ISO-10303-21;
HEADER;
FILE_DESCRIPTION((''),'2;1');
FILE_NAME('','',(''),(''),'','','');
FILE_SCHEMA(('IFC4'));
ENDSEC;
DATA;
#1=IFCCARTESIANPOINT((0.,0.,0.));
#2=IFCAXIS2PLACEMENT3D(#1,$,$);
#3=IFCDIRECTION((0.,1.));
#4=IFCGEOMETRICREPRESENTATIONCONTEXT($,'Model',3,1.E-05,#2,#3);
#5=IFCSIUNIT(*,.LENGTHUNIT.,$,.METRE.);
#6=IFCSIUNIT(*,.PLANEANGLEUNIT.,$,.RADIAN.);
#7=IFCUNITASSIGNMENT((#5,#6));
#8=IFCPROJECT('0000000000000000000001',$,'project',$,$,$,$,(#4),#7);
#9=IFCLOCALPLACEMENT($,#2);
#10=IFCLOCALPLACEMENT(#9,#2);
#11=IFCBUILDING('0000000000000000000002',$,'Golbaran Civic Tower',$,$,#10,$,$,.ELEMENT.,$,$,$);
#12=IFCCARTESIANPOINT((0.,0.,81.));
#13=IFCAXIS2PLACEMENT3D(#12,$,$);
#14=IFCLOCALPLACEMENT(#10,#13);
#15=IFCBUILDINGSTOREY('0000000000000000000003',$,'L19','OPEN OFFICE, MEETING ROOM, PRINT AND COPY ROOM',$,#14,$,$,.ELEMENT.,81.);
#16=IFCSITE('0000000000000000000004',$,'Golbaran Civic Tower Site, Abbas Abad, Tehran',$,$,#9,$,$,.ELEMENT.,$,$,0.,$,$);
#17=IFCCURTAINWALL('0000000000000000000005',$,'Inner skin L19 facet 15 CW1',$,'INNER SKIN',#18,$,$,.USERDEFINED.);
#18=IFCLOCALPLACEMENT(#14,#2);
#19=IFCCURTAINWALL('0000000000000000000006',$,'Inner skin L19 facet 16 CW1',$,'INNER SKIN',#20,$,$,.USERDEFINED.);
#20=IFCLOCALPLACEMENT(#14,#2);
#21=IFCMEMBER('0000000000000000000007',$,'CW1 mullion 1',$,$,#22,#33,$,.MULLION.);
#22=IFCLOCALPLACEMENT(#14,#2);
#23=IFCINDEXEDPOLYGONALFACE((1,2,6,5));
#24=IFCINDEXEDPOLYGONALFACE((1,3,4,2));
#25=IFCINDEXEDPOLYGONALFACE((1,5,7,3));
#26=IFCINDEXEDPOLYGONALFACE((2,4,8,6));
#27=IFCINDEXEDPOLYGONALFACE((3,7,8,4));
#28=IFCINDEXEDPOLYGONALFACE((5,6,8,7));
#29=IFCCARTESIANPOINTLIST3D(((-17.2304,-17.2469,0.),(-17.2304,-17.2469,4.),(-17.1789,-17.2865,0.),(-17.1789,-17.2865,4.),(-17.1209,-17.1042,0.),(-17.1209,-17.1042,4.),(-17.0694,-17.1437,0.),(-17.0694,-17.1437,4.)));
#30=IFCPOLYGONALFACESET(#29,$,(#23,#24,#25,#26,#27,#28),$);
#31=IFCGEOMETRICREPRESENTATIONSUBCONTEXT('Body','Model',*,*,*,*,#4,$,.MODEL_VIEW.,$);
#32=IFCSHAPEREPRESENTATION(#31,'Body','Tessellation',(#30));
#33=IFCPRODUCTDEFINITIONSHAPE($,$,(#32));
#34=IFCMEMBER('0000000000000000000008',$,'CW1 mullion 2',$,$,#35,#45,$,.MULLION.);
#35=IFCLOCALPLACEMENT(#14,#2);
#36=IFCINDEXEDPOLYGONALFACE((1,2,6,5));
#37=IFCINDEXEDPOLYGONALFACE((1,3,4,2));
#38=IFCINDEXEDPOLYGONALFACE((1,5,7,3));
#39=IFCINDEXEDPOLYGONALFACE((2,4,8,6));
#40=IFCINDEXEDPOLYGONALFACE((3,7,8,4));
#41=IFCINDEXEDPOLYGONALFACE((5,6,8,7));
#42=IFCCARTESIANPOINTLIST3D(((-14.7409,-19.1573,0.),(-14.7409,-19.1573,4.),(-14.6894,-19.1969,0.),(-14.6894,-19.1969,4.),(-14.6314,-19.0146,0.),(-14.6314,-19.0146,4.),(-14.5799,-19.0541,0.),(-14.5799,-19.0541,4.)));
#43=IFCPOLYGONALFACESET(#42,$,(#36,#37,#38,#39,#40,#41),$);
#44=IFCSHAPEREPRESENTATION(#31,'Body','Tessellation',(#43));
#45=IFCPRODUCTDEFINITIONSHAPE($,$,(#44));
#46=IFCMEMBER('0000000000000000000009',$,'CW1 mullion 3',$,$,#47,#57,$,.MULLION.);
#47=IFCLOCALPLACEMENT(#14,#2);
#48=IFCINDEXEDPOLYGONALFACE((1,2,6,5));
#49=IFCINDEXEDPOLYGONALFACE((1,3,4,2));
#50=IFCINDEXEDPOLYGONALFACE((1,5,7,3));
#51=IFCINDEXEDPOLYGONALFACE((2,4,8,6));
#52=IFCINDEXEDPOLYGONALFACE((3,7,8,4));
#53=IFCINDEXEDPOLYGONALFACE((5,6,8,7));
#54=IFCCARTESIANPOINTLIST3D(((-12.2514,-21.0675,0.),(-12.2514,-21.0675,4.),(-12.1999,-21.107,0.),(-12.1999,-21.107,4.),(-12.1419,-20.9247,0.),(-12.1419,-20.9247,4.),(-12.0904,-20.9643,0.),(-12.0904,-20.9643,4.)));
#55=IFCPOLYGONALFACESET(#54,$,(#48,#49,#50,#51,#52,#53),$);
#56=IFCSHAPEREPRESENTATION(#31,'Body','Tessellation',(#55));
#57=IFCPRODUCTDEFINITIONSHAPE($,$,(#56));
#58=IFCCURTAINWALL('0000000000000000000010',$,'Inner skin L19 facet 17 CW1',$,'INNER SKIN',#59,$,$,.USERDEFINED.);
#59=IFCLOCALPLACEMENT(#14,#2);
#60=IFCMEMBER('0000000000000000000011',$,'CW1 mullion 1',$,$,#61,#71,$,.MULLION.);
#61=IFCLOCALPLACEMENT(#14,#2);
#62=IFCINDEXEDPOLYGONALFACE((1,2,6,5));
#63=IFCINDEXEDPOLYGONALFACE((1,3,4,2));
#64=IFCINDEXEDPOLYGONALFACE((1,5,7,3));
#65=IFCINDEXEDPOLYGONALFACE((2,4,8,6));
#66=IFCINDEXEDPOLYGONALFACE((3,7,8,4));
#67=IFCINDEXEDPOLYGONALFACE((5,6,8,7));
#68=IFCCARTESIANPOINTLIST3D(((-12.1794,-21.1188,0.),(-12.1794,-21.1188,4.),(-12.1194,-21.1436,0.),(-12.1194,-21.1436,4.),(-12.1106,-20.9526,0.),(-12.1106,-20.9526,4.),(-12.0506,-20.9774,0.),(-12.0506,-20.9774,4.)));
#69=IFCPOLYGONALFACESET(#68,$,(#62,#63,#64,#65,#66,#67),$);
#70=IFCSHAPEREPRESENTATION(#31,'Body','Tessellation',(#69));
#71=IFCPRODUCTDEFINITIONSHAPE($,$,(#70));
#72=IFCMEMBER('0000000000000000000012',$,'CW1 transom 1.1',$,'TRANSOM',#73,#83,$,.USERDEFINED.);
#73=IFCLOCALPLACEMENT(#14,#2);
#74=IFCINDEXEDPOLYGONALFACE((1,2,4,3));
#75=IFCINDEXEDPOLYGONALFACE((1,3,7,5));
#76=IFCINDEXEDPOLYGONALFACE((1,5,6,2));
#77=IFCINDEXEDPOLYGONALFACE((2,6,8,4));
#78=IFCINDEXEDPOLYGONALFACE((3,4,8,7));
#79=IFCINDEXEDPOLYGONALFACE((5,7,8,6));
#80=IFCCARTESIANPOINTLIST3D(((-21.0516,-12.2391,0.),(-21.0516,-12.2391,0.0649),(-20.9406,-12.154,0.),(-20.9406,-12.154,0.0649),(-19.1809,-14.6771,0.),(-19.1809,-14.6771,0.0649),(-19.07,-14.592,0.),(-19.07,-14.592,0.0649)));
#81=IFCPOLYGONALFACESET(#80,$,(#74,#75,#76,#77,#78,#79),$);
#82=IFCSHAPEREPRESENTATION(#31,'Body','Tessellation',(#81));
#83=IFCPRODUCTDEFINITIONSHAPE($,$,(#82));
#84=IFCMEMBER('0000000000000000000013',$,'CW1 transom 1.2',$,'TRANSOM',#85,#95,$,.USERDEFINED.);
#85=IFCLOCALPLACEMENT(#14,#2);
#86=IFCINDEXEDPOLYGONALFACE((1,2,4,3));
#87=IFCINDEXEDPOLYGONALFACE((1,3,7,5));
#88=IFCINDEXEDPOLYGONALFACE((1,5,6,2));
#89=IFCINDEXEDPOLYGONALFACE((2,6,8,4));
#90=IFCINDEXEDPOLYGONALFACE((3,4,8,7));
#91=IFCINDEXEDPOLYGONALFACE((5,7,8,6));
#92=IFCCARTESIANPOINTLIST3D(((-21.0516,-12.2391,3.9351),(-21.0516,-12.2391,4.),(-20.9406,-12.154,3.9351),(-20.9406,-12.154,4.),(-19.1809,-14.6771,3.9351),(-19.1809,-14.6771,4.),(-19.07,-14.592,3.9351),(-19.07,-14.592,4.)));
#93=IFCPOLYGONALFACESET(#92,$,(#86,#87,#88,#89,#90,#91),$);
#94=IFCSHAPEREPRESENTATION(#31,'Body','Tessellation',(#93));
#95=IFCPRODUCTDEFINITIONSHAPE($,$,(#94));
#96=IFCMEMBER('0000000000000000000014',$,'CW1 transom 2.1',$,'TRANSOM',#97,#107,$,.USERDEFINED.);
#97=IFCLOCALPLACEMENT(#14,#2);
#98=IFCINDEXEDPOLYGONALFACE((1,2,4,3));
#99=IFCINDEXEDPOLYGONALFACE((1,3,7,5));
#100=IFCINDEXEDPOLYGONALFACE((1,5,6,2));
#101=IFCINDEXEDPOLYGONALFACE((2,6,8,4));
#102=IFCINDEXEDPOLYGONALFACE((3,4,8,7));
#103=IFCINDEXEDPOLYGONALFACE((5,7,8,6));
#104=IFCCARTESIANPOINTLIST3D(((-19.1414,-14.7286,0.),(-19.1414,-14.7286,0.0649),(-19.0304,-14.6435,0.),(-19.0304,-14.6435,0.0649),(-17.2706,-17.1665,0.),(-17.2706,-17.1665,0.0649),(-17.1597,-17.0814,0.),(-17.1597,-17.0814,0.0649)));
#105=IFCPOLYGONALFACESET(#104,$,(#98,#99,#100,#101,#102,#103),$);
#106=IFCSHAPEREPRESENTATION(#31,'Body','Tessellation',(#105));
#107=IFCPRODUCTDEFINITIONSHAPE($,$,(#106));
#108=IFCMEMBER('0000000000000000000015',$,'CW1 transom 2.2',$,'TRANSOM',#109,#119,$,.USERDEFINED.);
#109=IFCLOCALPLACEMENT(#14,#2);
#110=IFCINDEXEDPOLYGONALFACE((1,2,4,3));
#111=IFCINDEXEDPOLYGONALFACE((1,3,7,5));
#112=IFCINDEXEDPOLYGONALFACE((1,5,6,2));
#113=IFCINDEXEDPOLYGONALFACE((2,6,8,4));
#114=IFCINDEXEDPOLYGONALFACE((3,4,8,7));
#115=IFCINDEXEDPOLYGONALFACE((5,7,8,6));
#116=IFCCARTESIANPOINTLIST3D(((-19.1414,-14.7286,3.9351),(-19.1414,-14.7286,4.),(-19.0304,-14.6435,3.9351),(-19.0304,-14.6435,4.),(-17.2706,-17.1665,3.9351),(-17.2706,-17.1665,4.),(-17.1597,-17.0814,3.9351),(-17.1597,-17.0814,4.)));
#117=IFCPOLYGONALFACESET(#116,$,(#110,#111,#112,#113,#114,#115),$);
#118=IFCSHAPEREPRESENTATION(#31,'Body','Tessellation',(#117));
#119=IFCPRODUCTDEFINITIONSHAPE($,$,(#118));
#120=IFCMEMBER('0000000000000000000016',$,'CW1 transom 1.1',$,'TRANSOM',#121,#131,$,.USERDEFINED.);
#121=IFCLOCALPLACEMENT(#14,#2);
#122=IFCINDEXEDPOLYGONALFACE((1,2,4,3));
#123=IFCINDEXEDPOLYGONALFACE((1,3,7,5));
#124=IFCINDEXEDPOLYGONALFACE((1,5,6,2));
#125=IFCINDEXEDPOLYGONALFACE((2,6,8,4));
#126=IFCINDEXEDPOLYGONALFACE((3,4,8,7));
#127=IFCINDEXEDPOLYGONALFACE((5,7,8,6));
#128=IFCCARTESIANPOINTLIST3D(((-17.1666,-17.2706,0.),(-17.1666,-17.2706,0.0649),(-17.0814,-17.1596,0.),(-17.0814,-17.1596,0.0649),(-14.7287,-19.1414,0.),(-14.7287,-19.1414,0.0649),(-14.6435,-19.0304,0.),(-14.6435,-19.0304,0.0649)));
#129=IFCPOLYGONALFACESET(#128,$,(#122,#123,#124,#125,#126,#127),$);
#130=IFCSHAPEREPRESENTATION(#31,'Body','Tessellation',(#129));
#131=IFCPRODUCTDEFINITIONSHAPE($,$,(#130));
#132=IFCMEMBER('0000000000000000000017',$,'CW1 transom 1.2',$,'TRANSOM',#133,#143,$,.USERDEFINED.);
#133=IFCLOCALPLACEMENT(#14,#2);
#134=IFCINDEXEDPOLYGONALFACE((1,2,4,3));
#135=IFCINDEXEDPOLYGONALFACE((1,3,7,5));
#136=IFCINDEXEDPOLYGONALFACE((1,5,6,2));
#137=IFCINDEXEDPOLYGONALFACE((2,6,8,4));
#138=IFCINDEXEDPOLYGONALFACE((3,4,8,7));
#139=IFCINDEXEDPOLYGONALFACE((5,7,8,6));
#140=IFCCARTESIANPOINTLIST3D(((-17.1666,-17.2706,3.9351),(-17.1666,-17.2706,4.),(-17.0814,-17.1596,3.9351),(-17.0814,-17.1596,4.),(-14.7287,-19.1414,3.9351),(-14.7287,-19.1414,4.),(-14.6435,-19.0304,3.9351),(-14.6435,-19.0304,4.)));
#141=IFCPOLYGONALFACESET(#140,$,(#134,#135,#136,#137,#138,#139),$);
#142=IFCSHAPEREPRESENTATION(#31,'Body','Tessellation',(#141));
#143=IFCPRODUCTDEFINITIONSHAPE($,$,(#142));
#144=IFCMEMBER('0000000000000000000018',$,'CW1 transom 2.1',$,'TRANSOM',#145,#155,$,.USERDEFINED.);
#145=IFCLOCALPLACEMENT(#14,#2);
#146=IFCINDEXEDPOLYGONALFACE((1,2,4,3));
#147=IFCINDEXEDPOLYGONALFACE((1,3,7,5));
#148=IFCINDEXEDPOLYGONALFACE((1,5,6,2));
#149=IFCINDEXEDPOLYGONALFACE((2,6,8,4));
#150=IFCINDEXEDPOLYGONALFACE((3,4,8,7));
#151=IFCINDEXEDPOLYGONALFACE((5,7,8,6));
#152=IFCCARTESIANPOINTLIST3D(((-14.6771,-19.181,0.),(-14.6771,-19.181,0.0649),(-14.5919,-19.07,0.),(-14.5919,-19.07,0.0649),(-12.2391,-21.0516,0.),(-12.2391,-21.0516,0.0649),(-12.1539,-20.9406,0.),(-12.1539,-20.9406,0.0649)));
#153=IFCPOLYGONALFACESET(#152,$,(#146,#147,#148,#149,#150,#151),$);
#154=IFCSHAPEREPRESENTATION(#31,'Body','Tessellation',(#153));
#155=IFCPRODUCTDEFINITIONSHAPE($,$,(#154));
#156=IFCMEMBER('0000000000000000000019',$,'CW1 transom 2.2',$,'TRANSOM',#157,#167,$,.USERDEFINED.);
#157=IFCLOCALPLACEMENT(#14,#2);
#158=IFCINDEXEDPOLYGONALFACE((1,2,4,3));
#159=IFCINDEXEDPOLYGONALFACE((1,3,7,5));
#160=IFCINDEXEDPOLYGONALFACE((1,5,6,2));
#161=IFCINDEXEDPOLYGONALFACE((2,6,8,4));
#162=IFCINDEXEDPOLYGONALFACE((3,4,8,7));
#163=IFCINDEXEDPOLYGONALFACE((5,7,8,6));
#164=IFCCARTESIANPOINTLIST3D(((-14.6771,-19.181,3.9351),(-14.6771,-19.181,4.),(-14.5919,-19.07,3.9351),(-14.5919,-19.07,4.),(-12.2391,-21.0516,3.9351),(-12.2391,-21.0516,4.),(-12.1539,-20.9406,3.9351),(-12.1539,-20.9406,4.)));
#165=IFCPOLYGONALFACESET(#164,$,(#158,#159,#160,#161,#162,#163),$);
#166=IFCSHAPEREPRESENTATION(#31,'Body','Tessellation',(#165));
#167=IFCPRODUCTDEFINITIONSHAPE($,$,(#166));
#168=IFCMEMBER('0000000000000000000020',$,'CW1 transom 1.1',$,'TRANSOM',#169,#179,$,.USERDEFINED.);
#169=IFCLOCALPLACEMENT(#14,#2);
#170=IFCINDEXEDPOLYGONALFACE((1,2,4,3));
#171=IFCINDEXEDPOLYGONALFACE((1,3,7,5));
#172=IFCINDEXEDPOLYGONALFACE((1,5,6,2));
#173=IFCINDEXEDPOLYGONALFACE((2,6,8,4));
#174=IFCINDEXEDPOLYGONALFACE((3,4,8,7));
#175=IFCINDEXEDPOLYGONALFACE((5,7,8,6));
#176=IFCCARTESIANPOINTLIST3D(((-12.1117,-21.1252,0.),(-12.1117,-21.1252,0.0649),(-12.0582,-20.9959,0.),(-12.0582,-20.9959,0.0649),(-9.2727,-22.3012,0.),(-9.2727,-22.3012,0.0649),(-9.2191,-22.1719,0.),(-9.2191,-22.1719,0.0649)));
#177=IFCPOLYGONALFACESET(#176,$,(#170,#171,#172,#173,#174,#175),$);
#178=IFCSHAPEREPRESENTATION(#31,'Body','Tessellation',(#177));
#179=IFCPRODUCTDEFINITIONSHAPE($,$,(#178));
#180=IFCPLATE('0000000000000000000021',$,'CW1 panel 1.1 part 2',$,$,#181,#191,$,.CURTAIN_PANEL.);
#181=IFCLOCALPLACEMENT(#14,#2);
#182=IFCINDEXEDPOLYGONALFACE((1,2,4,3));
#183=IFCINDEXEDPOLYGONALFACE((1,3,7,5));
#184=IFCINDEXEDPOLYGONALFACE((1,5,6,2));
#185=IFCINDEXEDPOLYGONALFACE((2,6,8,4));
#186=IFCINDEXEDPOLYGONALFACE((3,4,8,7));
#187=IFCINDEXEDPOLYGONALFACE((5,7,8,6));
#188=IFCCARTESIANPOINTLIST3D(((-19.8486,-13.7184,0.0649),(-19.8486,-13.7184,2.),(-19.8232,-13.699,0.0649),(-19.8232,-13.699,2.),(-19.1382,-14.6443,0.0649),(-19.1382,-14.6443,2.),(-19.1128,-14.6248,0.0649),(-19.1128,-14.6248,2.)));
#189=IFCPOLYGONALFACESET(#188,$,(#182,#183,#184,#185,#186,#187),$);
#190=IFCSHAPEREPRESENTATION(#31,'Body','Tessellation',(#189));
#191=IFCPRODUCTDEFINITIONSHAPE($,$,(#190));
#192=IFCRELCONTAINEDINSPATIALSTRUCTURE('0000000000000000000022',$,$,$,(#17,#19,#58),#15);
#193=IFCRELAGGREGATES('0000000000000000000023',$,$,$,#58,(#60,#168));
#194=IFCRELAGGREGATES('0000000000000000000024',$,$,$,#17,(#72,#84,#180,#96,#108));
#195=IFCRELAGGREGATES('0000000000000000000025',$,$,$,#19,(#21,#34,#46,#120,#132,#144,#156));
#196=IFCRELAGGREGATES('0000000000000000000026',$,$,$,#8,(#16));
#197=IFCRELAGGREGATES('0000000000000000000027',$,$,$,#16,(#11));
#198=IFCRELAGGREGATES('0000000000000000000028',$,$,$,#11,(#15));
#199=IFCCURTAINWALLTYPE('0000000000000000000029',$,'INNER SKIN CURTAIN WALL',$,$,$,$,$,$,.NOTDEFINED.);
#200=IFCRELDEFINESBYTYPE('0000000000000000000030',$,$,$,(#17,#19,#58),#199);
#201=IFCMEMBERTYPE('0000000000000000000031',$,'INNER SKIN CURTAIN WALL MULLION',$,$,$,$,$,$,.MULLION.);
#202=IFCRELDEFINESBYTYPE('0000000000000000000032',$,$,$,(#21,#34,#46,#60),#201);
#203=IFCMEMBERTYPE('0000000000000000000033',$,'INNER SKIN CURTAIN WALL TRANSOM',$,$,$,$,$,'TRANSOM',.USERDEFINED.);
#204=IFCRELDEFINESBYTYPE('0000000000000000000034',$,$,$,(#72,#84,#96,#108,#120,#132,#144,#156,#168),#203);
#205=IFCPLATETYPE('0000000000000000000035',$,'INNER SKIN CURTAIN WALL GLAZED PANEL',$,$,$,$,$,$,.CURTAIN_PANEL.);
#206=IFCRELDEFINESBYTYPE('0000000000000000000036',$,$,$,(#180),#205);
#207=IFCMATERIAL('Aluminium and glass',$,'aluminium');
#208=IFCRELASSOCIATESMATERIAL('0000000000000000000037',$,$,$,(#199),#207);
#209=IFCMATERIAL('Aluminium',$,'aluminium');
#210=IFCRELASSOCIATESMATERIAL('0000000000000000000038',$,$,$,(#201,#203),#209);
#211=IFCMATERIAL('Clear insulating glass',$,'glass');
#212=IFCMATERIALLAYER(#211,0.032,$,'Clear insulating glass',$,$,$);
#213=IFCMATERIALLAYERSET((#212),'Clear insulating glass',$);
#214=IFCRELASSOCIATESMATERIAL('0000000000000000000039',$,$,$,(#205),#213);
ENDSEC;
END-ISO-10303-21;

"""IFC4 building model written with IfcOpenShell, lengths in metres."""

from ifc_helpers import new_model, si_unit, direction, frame, origin, origin_2d, place, context, subcontext, project, spatial, rectangle, extrude, material, layer, layer_set, material_profile, profile_set, type_object, element, aggregate, save


model = new_model("IFC4")

# Units and contexts
model_context = context("Model", 3, precision=1e-05, world=origin(), true_north=direction((0.0, 1.0)))
body_context = subcontext(model_context, "Body", "Model", "MODEL_VIEW")
ifc_project = project(units=[si_unit("LENGTHUNIT", "METRE"), si_unit("PLANEANGLEUNIT", "RADIAN")], contexts=[model_context])

# Site, building, storey
site_placement = place(None, origin())
site = spatial("IfcSite", under=ifc_project, at=site_placement, Name="Golbaran Civic Tower Site, Abbas Abad, Tehran", CompositionType="ELEMENT", RefElevation=0.0)
building_placement = place(site_placement, origin())
building = spatial("IfcBuilding", under=site, at=building_placement, Name="Golbaran Civic Tower", CompositionType="ELEMENT")
storey_placement = place(building_placement, frame((0.0, 0.0, 81.0)))
storey = spatial("IfcBuildingStorey", under=building, at=storey_placement, Name="L19", Description="OPEN OFFICE, MEETING ROOM, PRINT AND COPY ROOM", CompositionType="ELEMENT", Elevation=81.0)

# Curtain walls, members
ifc_material_1 = material(Name="Aluminium and glass", Category="aluminium")
curtain_wall_type = type_object("IfcCurtainWallType", Name="INNER SKIN CURTAIN WALL", PredefinedType="NOTDEFINED", material=ifc_material_1)
curtain_wall_1_placement = place(storey_placement, origin())
curtain_wall_1 = element("IfcCurtainWall", 1, at=curtain_wall_1_placement, inside=storey, type_object=curtain_wall_type, Name="Inner skin L19 facet 15 CW1", ObjectType="INNER SKIN", PredefinedType="USERDEFINED")
ifc_material_2 = material(Name="Aluminium", Category="aluminium")
ifc_material_profile_1 = material_profile(ifc_material_2, rectangle(XDim=0.1799, YDim=0.0649, at=origin_2d()), Name="INNER SKIN CURTAIN WALL MULLION")
ifc_profile_set_1 = profile_set([ifc_material_profile_1], Name="Aluminium")
member_type_1 = type_object("IfcMemberType", Name="INNER SKIN CURTAIN WALL MULLION", PredefinedType="MULLION", material=ifc_profile_set_1)
curtain_wall_2_placement = place(storey_placement, origin())
curtain_wall_2 = element("IfcCurtainWall", 2, at=curtain_wall_2_placement, inside=storey, type_object=curtain_wall_type, Name="Inner skin L19 facet 16 CW1", ObjectType="INNER SKIN", PredefinedType="USERDEFINED")
member_1_placement = place(storey_placement, frame((-17.1499, -17.1953, 0.0), z_axis=(0.0, 0.0, 1.0), x_axis=(0.608761, 0.793353, 0.0)))
member_1 = element("IfcMember", 3, at=member_1_placement, type_object=member_type_1, Name="CW1 mullion 1", PredefinedType="MULLION", context=body_context, shape_type="SweptSolid", body=[
    extrude(rectangle(XDim=0.1799, YDim=0.0649, at=origin_2d()), origin(), (0.0, 0.0, 1.0), 4.0),
])
member_2_placement = place(storey_placement, frame((-14.6604, -19.1057, 0.0), z_axis=(0.0, 0.0, 1.0), x_axis=(0.608761, 0.793353, 0.0)))
member_2 = element("IfcMember", 4, at=member_2_placement, type_object=member_type_1, Name="CW1 mullion 2", PredefinedType="MULLION", context=body_context, shape_type="SweptSolid", body=[
    extrude(rectangle(XDim=0.1799, YDim=0.0649, at=origin_2d()), origin(), (0.0, 0.0, 1.0), 4.0),
])
member_3_placement = place(storey_placement, frame((-12.1709, -21.0159, 0.0), z_axis=(0.0, 0.0, 1.0), x_axis=(0.608761, 0.793353, 0.0)))
member_3 = element("IfcMember", 5, at=member_3_placement, type_object=member_type_1, Name="CW1 mullion 3", PredefinedType="MULLION", context=body_context, shape_type="SweptSolid", body=[
    extrude(rectangle(XDim=0.1799, YDim=0.0649, at=origin_2d()), origin(), (0.0, 0.0, 1.0), 4.0),
])

# Curtain wall, member
curtain_wall_3_placement = place(storey_placement, origin())
curtain_wall_3 = element("IfcCurtainWall", 6, at=curtain_wall_3_placement, inside=storey, type_object=curtain_wall_type, Name="Inner skin L19 facet 17 CW1", ObjectType="INNER SKIN", PredefinedType="USERDEFINED")
member_4_placement = place(storey_placement, frame((-12.115, -21.0481, 0.0), z_axis=(0.0, 0.0, 1.0), x_axis=(0.382683, 0.92388, 0.0)))
member_4 = element("IfcMember", 7, at=member_4_placement, type_object=member_type_1, Name="CW1 mullion 1", PredefinedType="MULLION", context=body_context, shape_type="SweptSolid", body=[
    extrude(rectangle(XDim=0.1799, YDim=0.0649, at=origin_2d()), origin(), (0.0, 0.0, 1.0), 4.0),
])

# Members
ifc_material_profile_2 = material_profile(ifc_material_2, rectangle(XDim=0.1399, YDim=0.0649, at=origin_2d()), Name="INNER SKIN CURTAIN WALL TRANSOM")
ifc_profile_set_2 = profile_set([ifc_material_profile_2], Name="Aluminium")
member_type_2 = type_object("IfcMemberType", Name="INNER SKIN CURTAIN WALL TRANSOM", ElementType="TRANSOM", PredefinedType="USERDEFINED", material=ifc_profile_set_2)
member_5_placement = place(storey_placement, frame((-20.9961, -12.1965, 0.0325), z_axis=(0.608735, -0.793374, 0.0), x_axis=(0.793374, 0.608735, 0.0)))
member_5 = element("IfcMember", 8, at=member_5_placement, type_object=member_type_2, Name="CW1 transom 1.1", ObjectType="TRANSOM", PredefinedType="USERDEFINED", context=body_context, shape_type="SweptSolid", body=[
    extrude(rectangle(XDim=0.1399, YDim=0.0649, at=origin_2d()), origin(), (0.0, 0.0, 1.0), 3.073),
])
member_6_placement = place(storey_placement, frame((-20.9961, -12.1965, 3.9675), z_axis=(0.608735, -0.793374, 0.0), x_axis=(0.793374, 0.608735, 0.0)))
member_6 = element("IfcMember", 9, at=member_6_placement, type_object=member_type_2, Name="CW1 transom 1.2", ObjectType="TRANSOM", PredefinedType="USERDEFINED", context=body_context, shape_type="SweptSolid", body=[
    extrude(rectangle(XDim=0.1399, YDim=0.0649, at=origin_2d()), origin(), (0.0, 0.0, 1.0), 3.073),
])
member_7_placement = place(storey_placement, frame((-19.0859, -14.686, 0.0325), z_axis=(0.608785, -0.793335, 0.0), x_axis=(0.793335, 0.608785, 0.0)))
member_7 = element("IfcMember", 10, at=member_7_placement, type_object=member_type_2, Name="CW1 transom 2.1", ObjectType="TRANSOM", PredefinedType="USERDEFINED", context=body_context, shape_type="SweptSolid", body=[
    extrude(rectangle(XDim=0.1399, YDim=0.0649, at=origin_2d()), origin(), (0.0, 0.0, 1.0), 3.073),
])
member_8_placement = place(storey_placement, frame((-19.0859, -14.686, 3.9675), z_axis=(0.608785, -0.793335, 0.0), x_axis=(0.793335, 0.608785, 0.0)))
member_8 = element("IfcMember", 11, at=member_8_placement, type_object=member_type_2, Name="CW1 transom 2.2", ObjectType="TRANSOM", PredefinedType="USERDEFINED", context=body_context, shape_type="SweptSolid", body=[
    extrude(rectangle(XDim=0.1399, YDim=0.0649, at=origin_2d()), origin(), (0.0, 0.0, 1.0), 3.073),
])
member_9_placement = place(storey_placement, frame((-17.124, -17.2151, 0.0325), z_axis=(0.793335, -0.608785, 0.0), x_axis=(0.608785, 0.793335, 0.0)))
member_9 = element("IfcMember", 12, at=member_9_placement, type_object=member_type_2, Name="CW1 transom 1.1", ObjectType="TRANSOM", PredefinedType="USERDEFINED", context=body_context, shape_type="SweptSolid", body=[
    extrude(rectangle(XDim=0.1399, YDim=0.0649, at=origin_2d()), origin(), (0.0, 0.0, 1.0), 3.073),
])
member_10_placement = place(storey_placement, frame((-17.124, -17.2151, 3.9675), z_axis=(0.793335, -0.608785, 0.0), x_axis=(0.608785, 0.793335, 0.0)))
member_10 = element("IfcMember", 13, at=member_10_placement, type_object=member_type_2, Name="CW1 transom 1.2", ObjectType="TRANSOM", PredefinedType="USERDEFINED", context=body_context, shape_type="SweptSolid", body=[
    extrude(rectangle(XDim=0.1399, YDim=0.0649, at=origin_2d()), origin(), (0.0, 0.0, 1.0), 3.073),
])
member_11_placement = place(storey_placement, frame((-14.6345, -19.1255, 0.0325), z_axis=(0.793374, -0.608735, 0.0), x_axis=(0.608735, 0.793374, 0.0)))
member_11 = element("IfcMember", 14, at=member_11_placement, type_object=member_type_2, Name="CW1 transom 2.1", ObjectType="TRANSOM", PredefinedType="USERDEFINED", context=body_context, shape_type="SweptSolid", body=[
    extrude(rectangle(XDim=0.1399, YDim=0.0649, at=origin_2d()), origin(), (0.0, 0.0, 1.0), 3.073),
])
member_12_placement = place(storey_placement, frame((-14.6345, -19.1255, 3.9675), z_axis=(0.793374, -0.608735, 0.0), x_axis=(0.608735, 0.793374, 0.0)))
member_12 = element("IfcMember", 15, at=member_12_placement, type_object=member_type_2, Name="CW1 transom 2.2", ObjectType="TRANSOM", PredefinedType="USERDEFINED", context=body_context, shape_type="SweptSolid", body=[
    extrude(rectangle(XDim=0.1399, YDim=0.0649, at=origin_2d()), origin(), (0.0, 0.0, 1.0), 3.073),
])
member_13_placement = place(storey_placement, frame((-12.085, -21.0605, 0.0325), z_axis=(0.923876, -0.382691, 0.0), x_axis=(0.382691, 0.923876, 0.0)))
member_13 = element("IfcMember", 16, at=member_13_placement, type_object=member_type_2, Name="CW1 transom 1.1", ObjectType="TRANSOM", PredefinedType="USERDEFINED", context=body_context, shape_type="SweptSolid", body=[
    extrude(rectangle(XDim=0.1399, YDim=0.0649, at=origin_2d()), origin(), (0.0, 0.0, 1.0), 3.073),
])
aggregate(curtain_wall_3, [member_4, member_13])

# Plate
ifc_material_3 = material(Name="Clear insulating glass", Category="glass")
ifc_layer_1 = layer(ifc_material_3, 0.032, Name="Clear insulating glass")
ifc_layer_set_1 = layer_set([ifc_layer_1], Name="Clear insulating glass")
plate_type_1 = type_object("IfcPlateType", Name="INNER SKIN CURTAIN WALL GLAZED PANEL", PredefinedType="CURTAIN_PANEL", material=ifc_layer_set_1)
plate_1_placement = place(storey_placement, frame((-19.4807, -14.1716, 0.0649), z_axis=(0.0, 0.0, 1.0), x_axis=(0.608761, -0.793353, 0.0)))
plate_1 = element("IfcPlate", 17, at=plate_1_placement, type_object=plate_type_1, Name="CW1 panel 1.1 part 2", PredefinedType="CURTAIN_PANEL", context=body_context, shape_type="SweptSolid", body=[
    extrude(rectangle(XDim=1.167, YDim=0.032, at=origin_2d()), origin(), (0.0, 0.0, 1.0), 1.9351),
])
aggregate(curtain_wall_1, [member_5, member_6, plate_1, member_7, member_8])
aggregate(curtain_wall_2, [member_1, member_2, member_3, member_9, member_10, member_11, member_12])

save(model, "model.ifc")
